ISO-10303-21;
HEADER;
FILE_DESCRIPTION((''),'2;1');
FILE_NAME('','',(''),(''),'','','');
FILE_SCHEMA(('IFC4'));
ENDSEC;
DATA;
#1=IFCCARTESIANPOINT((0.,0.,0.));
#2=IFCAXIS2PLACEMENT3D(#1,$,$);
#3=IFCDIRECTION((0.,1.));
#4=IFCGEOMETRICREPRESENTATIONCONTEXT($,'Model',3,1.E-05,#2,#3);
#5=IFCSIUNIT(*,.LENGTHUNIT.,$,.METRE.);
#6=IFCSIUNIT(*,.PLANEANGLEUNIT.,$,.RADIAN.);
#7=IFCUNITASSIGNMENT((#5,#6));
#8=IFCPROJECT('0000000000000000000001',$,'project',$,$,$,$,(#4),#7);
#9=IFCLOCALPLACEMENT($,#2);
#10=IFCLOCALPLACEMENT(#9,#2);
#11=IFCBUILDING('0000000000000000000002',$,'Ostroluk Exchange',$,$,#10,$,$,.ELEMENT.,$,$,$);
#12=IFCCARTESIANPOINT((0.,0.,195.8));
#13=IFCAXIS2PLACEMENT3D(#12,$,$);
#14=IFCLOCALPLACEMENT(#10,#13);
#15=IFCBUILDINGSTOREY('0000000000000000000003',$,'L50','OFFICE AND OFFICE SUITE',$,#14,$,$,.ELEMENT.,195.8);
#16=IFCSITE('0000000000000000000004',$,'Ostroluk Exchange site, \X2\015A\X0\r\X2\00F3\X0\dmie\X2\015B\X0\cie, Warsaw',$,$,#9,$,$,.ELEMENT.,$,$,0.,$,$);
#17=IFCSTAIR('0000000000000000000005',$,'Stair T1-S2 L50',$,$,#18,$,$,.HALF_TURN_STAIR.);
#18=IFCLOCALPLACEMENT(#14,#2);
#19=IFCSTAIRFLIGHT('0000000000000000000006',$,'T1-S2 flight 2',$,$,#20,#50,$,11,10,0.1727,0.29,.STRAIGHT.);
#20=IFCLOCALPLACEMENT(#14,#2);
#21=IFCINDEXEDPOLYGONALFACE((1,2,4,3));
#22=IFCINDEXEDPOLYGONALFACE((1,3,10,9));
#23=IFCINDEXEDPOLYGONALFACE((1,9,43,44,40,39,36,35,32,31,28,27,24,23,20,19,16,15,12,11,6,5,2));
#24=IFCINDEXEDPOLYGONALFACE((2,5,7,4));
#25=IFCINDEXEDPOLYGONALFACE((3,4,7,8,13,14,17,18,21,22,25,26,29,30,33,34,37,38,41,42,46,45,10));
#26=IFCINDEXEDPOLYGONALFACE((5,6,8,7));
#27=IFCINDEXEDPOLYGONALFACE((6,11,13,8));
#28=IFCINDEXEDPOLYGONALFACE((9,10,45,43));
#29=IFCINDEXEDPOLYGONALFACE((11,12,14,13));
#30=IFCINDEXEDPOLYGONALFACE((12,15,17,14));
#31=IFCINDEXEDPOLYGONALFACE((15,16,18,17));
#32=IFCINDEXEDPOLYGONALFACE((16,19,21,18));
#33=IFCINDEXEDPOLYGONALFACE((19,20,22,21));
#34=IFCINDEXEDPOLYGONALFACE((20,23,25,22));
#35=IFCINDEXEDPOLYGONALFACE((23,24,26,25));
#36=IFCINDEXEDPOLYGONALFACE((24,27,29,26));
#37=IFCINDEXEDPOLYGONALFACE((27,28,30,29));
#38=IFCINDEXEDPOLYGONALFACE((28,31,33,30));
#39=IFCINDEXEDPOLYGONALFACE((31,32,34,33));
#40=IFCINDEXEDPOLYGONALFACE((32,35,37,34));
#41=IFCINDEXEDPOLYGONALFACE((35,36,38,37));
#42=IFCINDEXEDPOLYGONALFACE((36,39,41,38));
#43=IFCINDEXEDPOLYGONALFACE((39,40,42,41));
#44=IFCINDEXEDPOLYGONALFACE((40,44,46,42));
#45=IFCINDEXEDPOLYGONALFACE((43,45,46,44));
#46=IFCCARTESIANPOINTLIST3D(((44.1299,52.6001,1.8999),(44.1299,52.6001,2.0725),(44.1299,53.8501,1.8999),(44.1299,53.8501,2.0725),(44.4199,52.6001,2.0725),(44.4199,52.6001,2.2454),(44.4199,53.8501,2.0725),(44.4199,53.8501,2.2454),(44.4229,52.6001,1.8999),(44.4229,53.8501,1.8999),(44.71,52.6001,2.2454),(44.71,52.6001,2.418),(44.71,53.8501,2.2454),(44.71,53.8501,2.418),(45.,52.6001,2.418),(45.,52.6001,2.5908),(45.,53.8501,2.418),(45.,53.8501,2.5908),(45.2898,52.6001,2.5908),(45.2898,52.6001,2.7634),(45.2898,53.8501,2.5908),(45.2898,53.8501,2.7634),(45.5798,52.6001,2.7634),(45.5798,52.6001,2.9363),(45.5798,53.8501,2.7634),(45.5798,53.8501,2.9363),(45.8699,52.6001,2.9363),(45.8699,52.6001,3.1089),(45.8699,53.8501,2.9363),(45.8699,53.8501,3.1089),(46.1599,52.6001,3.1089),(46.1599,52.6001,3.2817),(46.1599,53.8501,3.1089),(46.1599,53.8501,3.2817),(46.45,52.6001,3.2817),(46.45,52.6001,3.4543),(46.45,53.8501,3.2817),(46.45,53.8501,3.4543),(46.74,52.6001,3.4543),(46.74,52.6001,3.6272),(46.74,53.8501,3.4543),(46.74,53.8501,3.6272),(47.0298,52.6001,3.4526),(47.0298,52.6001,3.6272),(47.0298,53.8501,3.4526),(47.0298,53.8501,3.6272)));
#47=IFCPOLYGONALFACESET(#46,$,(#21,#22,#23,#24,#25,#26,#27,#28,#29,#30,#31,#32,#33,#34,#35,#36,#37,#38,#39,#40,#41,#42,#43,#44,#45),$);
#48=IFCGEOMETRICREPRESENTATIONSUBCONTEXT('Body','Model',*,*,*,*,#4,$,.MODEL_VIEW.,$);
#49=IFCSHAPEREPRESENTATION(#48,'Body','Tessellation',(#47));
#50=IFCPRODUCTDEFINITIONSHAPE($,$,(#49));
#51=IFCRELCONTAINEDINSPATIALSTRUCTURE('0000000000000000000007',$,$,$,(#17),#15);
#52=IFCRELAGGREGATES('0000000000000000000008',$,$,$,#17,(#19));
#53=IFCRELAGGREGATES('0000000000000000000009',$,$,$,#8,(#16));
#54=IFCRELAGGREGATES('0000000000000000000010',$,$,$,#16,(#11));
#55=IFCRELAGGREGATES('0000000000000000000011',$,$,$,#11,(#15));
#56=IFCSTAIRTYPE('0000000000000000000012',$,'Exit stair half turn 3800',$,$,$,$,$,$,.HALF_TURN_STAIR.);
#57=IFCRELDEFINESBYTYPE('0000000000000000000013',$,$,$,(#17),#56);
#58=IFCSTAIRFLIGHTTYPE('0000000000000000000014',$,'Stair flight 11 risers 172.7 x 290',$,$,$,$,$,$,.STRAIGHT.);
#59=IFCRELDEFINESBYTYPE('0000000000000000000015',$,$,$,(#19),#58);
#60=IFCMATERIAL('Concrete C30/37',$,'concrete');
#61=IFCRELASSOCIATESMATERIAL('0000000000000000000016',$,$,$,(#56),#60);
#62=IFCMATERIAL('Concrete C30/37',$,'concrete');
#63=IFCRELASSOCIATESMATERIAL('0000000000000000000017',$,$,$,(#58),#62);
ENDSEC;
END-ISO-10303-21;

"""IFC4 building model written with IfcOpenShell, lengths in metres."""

from ifc_helpers import new_model, si_unit, direction, frame, origin, place, context, subcontext, project, spatial, polyline, outline, extrude, material, type_object, element, aggregate, save


model = new_model("IFC4")

# Units and contexts
model_context = context("Model", 3, precision=1e-05, world=origin(), true_north=direction((0.0, 1.0)))
body_context = subcontext(model_context, "Body", "Model", "MODEL_VIEW")
ifc_project = project(units=[si_unit("LENGTHUNIT", "METRE"), si_unit("PLANEANGLEUNIT", "RADIAN")], contexts=[model_context])

# Site, building, storey
site_placement = place(None, origin())
site = spatial("IfcSite", under=ifc_project, at=site_placement, Name="Ostroluk Exchange site, Śródmieście, Warsaw", CompositionType="ELEMENT", RefElevation=0.0)
building_placement = place(site_placement, origin())
building = spatial("IfcBuilding", under=site, at=building_placement, Name="Ostroluk Exchange", CompositionType="ELEMENT")
storey_placement = place(building_placement, frame((0.0, 0.0, 195.8)))
storey = spatial("IfcBuildingStorey", under=building, at=storey_placement, Name="L50", Description="OFFICE AND OFFICE SUITE", CompositionType="ELEMENT", Elevation=195.8)

# Stair, stair flight
ifc_material_1 = material(Name="Concrete C30/37", Category="concrete")
stair_type = type_object("IfcStairType", Name="Exit stair half turn 3800", PredefinedType="HALF_TURN_STAIR", material=ifc_material_1)
stair_placement = place(storey_placement, origin())
stair = element("IfcStair", 1, at=stair_placement, inside=storey, type_object=stair_type, Name="Stair T1-S2 L50", PredefinedType="HALF_TURN_STAIR")
ifc_material_2 = material(Name="Concrete C30/37", Category="concrete")
stair_flight_type = type_object("IfcStairFlightType", Name="Stair flight 11 risers 172.7 x 290", PredefinedType="STRAIGHT", material=ifc_material_2)
stair_flight_placement = place(storey_placement, frame((44.1299, 53.2251, 1.8999), z_axis=(0.0, 0.0, 1.0), x_axis=(1.0, 0.0, 0.0)))
stair_flight = element("IfcStairFlight", 2, at=stair_flight_placement, type_object=stair_flight_type, Name="T1-S2 flight 2", NumberOfRisers=11, NumberOfTreads=10, PredefinedType="STRAIGHT", RiserHeight=0.1727, TreadLength=0.29, context=body_context, shape_type="SweptSolid", body=[
    extrude(outline(polyline([(0.0, 0.0), (0.0, 0.1726), (0.29, 0.1726), (0.29, 0.3455), (0.5801, 0.3455), (0.5801, 0.5181), (0.8701, 0.5181), (0.8701, 0.6909), (1.1599, 0.6909), (1.1599, 0.8635), (1.45, 0.8635), (1.45, 1.0364), (1.74, 1.0364), (1.74, 1.209), (2.03, 1.209), (2.03, 1.3818), (2.3201, 1.3818), (2.3201, 1.5544), (2.6101, 1.5544), (2.6101, 1.7273), (2.8999, 1.7273), (2.8999, 1.8999), (2.8999, 1.5527), (0.293, 0.0), (0.0, 0.0)])), frame((0.0, 0.625, 0.0), z_axis=(0.0, -1.0, 0.0), x_axis=(1.0, 0.0, 0.0)), (0.0, 0.0, 1.0), 1.25),
])
aggregate(stair, [stair_flight])

save(model, "model.ifc")
